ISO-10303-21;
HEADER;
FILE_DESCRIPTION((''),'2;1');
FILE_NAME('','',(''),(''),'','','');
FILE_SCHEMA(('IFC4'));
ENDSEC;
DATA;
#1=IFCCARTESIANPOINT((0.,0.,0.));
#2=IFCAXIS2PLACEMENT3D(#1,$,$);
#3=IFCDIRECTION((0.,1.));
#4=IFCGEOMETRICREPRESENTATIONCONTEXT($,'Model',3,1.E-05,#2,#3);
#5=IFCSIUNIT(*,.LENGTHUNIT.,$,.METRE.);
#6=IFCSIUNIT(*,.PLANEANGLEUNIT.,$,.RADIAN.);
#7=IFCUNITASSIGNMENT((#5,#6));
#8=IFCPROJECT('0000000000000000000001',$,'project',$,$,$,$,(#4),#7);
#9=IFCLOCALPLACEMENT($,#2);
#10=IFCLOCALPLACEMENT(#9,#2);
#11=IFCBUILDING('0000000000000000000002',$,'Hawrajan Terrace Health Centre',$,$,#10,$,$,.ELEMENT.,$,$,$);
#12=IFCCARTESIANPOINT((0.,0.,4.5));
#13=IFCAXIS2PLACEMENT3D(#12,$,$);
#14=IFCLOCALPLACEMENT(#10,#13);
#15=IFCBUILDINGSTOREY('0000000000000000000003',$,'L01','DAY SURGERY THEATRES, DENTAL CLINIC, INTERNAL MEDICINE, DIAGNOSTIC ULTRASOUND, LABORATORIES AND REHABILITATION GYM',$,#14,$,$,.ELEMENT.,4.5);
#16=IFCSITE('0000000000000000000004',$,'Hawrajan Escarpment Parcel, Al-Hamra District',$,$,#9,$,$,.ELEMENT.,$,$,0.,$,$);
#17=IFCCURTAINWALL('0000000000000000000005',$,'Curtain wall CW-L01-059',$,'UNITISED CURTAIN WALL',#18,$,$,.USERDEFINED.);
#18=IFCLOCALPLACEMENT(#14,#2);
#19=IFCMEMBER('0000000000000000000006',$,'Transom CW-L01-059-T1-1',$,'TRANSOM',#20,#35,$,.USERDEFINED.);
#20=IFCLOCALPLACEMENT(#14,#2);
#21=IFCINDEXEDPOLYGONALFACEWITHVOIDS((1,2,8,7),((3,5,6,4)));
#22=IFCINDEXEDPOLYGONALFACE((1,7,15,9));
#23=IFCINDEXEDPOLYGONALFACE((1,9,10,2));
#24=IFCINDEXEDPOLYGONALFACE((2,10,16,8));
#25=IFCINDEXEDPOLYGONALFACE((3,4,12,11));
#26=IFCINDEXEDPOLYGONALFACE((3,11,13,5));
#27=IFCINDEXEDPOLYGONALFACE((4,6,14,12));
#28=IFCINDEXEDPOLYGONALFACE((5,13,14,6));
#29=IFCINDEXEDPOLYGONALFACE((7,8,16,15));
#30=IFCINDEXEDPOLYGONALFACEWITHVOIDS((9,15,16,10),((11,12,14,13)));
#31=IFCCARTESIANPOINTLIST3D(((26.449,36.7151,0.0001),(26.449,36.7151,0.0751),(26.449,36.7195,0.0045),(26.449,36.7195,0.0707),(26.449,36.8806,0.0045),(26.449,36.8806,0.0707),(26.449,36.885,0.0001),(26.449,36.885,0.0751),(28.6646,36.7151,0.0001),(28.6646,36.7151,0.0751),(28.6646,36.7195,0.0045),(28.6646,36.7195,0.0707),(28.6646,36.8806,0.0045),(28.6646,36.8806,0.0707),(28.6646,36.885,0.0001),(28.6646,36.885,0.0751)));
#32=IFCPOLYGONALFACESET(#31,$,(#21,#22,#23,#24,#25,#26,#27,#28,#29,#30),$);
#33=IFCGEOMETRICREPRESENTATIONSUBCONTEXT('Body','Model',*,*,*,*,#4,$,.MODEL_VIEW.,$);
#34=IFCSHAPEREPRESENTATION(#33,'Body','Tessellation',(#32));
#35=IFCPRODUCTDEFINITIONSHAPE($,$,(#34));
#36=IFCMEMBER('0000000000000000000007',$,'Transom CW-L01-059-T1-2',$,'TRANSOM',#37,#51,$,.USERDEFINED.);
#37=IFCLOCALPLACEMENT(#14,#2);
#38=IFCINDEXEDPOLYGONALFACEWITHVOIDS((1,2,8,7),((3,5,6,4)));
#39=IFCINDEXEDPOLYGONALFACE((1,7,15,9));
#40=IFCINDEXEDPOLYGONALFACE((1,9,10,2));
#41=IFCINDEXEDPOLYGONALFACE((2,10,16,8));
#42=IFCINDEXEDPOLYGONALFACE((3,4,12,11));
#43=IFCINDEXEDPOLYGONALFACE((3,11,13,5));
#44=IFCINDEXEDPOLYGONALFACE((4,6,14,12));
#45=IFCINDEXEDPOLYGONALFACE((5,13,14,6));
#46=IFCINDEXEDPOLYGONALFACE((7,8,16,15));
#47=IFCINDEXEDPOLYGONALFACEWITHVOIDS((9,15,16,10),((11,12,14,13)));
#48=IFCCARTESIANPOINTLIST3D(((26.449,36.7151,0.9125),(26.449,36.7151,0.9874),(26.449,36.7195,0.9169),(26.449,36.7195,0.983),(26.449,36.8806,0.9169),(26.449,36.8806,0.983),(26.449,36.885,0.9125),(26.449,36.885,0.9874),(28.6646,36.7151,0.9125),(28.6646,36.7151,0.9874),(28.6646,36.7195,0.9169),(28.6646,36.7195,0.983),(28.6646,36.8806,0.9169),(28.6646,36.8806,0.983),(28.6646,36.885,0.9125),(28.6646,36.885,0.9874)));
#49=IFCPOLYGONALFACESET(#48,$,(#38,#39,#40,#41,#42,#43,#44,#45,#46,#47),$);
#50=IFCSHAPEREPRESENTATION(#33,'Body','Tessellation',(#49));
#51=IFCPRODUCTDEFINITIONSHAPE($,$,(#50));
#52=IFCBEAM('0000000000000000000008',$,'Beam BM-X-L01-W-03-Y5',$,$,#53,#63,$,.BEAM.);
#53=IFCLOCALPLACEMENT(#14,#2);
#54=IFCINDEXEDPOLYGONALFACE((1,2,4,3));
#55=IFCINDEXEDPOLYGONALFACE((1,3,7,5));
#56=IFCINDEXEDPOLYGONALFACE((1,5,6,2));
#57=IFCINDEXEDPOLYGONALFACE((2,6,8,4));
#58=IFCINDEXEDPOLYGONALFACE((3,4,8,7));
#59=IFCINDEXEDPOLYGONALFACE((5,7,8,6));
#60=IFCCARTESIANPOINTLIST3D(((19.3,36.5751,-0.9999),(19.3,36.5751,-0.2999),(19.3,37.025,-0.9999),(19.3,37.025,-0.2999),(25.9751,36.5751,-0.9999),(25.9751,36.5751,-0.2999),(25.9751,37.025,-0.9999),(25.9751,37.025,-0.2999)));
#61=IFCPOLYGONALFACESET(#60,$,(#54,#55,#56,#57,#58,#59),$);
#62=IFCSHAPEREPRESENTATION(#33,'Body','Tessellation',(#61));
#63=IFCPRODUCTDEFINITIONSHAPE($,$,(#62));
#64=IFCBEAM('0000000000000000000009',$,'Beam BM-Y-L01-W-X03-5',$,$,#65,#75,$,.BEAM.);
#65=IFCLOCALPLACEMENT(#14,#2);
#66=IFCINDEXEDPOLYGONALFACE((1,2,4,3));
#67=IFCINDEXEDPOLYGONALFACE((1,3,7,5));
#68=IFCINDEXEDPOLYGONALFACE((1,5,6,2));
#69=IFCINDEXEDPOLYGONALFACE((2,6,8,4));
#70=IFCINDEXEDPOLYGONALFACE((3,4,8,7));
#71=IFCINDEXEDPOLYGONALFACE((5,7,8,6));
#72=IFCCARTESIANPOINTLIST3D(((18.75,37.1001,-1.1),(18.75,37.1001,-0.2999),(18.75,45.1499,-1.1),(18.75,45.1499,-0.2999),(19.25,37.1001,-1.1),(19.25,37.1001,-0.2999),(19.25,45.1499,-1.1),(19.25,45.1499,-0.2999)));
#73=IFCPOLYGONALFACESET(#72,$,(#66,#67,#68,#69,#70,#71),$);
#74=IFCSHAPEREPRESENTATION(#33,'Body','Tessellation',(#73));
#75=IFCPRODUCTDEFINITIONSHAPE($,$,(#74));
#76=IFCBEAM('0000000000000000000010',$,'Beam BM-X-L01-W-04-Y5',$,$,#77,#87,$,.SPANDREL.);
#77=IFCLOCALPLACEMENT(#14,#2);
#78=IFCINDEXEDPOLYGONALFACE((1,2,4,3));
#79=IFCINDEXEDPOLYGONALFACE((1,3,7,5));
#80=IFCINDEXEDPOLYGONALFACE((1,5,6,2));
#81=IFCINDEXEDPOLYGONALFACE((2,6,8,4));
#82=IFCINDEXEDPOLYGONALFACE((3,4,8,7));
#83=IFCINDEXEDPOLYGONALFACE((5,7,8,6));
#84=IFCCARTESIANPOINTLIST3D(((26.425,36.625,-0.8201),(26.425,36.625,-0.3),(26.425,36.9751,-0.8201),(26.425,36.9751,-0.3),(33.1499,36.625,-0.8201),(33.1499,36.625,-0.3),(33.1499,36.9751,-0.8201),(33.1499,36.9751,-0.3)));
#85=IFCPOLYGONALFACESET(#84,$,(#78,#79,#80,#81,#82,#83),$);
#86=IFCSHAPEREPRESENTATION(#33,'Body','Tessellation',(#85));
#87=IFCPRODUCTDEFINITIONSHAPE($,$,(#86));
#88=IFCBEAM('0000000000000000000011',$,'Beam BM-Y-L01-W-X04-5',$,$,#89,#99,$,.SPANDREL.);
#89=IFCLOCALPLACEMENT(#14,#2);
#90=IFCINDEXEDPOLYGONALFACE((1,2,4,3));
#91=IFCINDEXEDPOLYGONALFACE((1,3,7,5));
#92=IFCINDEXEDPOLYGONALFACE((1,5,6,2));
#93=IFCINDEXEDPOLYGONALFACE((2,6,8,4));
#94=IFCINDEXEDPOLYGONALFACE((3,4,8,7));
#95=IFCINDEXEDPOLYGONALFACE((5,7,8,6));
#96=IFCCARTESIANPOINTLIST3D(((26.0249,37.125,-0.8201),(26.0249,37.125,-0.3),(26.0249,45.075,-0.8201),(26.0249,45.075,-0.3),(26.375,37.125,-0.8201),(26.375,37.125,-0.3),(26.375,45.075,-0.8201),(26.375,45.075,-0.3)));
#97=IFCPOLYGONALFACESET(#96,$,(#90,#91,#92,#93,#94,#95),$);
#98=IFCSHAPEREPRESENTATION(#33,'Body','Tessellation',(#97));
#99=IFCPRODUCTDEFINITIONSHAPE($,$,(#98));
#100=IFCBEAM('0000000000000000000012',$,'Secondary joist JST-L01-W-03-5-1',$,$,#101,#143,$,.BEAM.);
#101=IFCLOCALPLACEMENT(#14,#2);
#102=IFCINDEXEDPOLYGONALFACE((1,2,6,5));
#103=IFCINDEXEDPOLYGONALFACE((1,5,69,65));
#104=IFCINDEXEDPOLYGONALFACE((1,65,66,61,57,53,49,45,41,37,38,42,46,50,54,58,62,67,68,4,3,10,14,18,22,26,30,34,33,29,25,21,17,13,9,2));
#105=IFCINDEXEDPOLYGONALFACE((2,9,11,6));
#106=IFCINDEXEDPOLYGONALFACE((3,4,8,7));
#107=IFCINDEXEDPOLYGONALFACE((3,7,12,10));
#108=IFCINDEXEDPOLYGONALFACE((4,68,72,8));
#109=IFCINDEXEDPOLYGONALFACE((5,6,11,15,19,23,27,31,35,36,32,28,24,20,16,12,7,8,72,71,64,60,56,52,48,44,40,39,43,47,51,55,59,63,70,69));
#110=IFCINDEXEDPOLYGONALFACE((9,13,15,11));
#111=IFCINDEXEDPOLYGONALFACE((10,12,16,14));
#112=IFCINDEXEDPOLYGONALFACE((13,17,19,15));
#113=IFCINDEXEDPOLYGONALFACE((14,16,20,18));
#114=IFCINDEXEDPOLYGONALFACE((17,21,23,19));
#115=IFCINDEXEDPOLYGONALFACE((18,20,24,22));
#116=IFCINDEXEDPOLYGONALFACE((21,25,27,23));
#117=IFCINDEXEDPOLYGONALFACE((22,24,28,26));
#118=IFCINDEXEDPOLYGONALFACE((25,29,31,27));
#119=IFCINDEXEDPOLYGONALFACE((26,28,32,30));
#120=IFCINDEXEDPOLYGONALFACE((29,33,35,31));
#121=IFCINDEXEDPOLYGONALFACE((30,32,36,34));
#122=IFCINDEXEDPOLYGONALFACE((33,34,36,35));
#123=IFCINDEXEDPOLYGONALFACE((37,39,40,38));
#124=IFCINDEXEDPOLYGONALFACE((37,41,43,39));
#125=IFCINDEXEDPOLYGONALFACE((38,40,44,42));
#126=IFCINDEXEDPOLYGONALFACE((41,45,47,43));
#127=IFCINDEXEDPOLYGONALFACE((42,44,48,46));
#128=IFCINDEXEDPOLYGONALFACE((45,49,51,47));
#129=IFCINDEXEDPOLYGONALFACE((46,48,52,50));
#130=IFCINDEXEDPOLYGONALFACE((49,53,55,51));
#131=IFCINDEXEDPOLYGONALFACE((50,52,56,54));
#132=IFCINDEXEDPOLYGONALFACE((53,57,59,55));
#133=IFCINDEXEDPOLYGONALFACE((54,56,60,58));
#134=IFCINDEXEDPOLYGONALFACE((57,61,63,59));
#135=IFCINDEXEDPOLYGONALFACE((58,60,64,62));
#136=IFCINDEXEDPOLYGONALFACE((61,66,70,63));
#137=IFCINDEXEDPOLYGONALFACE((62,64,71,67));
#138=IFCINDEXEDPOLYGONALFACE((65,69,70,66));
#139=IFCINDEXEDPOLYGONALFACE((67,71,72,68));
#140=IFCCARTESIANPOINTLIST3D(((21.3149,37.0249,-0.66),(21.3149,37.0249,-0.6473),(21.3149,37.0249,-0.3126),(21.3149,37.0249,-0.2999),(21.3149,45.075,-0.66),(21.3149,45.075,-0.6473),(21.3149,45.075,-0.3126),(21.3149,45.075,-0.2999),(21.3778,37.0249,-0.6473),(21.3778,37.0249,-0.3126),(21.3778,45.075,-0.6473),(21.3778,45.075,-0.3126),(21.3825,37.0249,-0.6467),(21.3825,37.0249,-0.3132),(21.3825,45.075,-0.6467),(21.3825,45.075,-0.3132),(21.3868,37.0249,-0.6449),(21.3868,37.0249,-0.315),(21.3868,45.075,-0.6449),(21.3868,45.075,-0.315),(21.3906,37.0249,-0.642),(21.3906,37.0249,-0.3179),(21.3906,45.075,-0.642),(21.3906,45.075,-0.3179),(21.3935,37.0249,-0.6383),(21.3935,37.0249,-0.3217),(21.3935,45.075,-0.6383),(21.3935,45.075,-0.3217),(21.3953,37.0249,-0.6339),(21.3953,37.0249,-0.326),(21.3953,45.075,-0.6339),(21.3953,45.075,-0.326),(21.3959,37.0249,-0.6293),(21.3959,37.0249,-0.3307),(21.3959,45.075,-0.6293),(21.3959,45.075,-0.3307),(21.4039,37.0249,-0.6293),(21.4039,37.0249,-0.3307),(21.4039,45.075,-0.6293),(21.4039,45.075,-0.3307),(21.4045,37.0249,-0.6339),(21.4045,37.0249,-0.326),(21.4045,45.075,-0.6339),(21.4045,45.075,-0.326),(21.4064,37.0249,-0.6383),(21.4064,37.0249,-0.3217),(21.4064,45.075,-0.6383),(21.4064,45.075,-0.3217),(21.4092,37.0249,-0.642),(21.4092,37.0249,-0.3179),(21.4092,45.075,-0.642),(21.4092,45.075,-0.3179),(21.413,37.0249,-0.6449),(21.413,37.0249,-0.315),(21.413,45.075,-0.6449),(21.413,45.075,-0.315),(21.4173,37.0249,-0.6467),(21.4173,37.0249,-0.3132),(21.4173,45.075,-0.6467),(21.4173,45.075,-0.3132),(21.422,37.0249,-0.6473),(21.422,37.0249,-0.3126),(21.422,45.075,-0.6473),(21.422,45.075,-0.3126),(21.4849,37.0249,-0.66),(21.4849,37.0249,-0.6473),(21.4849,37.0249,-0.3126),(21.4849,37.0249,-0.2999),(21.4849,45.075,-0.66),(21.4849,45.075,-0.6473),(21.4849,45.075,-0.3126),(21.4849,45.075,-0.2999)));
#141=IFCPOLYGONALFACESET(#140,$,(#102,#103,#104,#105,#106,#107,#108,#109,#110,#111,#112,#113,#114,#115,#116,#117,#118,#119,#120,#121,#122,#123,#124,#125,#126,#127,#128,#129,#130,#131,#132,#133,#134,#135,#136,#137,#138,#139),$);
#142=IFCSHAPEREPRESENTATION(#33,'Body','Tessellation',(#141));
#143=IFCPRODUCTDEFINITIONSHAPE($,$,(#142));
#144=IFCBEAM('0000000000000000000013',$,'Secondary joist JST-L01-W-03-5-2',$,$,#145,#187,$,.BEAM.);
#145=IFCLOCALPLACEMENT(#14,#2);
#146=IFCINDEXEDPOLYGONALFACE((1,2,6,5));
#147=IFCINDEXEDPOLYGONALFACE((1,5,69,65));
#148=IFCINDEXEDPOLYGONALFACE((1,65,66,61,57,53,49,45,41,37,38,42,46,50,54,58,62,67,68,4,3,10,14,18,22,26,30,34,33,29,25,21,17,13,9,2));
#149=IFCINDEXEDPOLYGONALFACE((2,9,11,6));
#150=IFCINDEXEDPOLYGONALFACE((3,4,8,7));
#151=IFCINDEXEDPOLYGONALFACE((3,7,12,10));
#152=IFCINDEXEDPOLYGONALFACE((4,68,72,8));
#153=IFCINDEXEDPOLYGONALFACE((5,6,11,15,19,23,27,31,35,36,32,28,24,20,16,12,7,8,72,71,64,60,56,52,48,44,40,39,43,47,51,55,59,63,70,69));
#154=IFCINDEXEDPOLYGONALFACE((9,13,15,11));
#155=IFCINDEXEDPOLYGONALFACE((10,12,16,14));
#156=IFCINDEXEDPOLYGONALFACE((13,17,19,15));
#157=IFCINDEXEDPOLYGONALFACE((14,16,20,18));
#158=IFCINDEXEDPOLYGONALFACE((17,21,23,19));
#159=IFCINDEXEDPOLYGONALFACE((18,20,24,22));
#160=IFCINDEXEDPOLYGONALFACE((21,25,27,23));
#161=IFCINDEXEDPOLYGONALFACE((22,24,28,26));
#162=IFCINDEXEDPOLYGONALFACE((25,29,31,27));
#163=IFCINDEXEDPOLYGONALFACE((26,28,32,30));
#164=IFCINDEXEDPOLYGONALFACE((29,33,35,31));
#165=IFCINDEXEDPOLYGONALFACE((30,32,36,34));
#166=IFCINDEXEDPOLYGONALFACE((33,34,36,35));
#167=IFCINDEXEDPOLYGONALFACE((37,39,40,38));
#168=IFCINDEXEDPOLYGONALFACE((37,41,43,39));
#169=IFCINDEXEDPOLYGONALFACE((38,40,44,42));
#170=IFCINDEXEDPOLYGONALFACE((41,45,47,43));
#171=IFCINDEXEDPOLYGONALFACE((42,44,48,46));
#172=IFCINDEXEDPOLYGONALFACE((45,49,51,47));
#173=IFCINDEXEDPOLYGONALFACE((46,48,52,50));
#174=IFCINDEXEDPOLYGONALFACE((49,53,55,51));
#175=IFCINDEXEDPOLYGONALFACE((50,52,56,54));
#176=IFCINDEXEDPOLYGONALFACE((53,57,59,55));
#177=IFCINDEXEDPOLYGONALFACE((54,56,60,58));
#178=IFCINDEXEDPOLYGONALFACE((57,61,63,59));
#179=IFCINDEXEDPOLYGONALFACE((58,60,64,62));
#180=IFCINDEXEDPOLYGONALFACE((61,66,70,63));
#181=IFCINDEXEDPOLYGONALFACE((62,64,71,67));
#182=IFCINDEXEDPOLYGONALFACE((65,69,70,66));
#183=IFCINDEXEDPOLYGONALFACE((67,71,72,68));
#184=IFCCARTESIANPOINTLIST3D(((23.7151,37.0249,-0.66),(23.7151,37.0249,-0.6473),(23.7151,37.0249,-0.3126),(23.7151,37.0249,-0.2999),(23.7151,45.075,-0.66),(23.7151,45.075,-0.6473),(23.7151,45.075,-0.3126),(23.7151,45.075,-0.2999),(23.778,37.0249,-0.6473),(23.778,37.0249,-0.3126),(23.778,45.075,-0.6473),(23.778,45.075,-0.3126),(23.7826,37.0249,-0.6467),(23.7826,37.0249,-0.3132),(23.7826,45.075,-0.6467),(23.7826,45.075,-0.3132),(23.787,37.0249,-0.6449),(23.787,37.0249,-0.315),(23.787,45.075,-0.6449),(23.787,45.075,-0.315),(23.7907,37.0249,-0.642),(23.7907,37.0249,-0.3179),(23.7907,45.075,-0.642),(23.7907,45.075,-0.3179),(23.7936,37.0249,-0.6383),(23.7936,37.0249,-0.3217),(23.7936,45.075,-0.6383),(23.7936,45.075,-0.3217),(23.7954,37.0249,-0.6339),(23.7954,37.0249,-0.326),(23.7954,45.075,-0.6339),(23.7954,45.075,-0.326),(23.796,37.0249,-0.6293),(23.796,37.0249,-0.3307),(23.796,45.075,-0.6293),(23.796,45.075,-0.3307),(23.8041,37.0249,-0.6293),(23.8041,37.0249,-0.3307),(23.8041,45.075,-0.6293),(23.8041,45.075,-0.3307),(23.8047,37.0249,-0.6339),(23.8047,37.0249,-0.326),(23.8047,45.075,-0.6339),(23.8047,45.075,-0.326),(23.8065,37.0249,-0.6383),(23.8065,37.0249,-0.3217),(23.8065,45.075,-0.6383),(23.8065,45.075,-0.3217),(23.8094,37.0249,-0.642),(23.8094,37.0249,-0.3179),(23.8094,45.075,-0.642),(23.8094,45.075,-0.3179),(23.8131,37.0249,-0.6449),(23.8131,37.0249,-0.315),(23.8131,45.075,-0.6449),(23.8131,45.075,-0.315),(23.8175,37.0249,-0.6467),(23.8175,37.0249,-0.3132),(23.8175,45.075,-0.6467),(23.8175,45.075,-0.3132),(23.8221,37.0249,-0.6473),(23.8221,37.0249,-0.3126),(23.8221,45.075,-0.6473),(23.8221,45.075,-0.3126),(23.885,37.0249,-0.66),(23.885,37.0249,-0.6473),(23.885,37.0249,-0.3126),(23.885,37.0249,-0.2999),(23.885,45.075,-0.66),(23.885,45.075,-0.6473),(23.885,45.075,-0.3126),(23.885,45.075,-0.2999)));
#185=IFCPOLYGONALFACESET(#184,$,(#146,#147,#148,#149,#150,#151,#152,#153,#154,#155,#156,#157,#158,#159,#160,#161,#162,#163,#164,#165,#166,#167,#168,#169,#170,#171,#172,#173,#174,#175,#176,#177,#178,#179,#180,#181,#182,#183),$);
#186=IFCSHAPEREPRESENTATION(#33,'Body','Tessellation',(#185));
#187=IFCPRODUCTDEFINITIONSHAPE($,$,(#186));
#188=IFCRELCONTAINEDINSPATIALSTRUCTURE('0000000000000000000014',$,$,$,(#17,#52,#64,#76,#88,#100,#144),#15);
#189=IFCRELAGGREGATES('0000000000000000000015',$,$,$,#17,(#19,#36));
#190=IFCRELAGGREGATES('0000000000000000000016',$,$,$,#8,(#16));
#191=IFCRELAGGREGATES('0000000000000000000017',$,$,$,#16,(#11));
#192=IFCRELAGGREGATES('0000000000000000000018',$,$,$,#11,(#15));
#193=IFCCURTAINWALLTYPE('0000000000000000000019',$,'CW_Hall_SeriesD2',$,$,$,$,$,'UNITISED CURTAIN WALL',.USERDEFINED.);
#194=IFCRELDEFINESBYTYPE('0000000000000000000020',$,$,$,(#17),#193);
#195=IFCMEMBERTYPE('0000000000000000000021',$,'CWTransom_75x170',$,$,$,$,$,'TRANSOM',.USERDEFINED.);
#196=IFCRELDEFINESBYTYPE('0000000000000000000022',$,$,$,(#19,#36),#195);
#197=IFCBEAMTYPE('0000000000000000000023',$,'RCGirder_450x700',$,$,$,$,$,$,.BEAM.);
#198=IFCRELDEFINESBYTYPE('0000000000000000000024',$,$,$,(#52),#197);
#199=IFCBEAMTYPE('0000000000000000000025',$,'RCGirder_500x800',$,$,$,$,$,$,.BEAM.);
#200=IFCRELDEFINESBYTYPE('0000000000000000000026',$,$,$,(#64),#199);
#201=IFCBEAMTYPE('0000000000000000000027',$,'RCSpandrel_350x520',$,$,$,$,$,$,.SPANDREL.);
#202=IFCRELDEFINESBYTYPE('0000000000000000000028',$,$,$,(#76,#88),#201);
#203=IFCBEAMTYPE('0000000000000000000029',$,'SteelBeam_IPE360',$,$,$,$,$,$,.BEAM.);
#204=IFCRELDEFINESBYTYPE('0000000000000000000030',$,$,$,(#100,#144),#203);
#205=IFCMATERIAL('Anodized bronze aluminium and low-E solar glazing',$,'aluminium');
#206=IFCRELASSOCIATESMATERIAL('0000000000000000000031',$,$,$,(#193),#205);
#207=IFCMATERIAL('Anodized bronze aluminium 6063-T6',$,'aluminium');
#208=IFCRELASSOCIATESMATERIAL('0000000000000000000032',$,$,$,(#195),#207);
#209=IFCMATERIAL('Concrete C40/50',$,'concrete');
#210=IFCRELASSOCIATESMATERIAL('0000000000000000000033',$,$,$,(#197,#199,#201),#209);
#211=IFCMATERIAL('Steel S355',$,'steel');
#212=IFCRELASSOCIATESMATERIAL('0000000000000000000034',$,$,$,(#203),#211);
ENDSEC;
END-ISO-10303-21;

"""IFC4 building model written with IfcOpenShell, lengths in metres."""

from ifc_helpers import new_model, si_unit, direction, frame, origin, origin_2d, place, context, subcontext, project, spatial, rectangle, hollow_rectangle, i_section, extrude, material, material_profile, profile_set, type_object, element, aggregate, save


model = new_model("IFC4")

# Units and contexts
model_context = context("Model", 3, precision=1e-05, world=origin(), true_north=direction((0.0, 1.0)))
body_context = subcontext(model_context, "Body", "Model", "MODEL_VIEW")
ifc_project = project(units=[si_unit("LENGTHUNIT", "METRE"), si_unit("PLANEANGLEUNIT", "RADIAN")], contexts=[model_context])

# Site, building, storey
site_placement = place(None, origin())
site = spatial("IfcSite", under=ifc_project, at=site_placement, Name="Hawrajan Escarpment Parcel, Al-Hamra District", CompositionType="ELEMENT", RefElevation=0.0)
building_placement = place(site_placement, origin())
building = spatial("IfcBuilding", under=site, at=building_placement, Name="Hawrajan Terrace Health Centre", CompositionType="ELEMENT")
storey_placement = place(building_placement, frame((0.0, 0.0, 4.5)))
storey = spatial("IfcBuildingStorey", under=building, at=storey_placement, Name="L01", Description="DAY SURGERY THEATRES, DENTAL CLINIC, INTERNAL MEDICINE, DIAGNOSTIC ULTRASOUND, LABORATORIES AND REHABILITATION GYM", CompositionType="ELEMENT", Elevation=4.5)

# Shared definitions
ifc_material_1 = material(Name="Anodized bronze aluminium and low-E solar glazing", Category="aluminium")
ifc_material_2 = material(Name="Anodized bronze aluminium 6063-T6", Category="aluminium")

# Curtain wall
curtain_wall_type_1 = type_object("IfcCurtainWallType", Name="CW_Hall_SeriesD2", ElementType="UNITISED CURTAIN WALL", PredefinedType="USERDEFINED", material=ifc_material_1)
curtain_wall_1_placement = place(storey_placement, origin())
curtain_wall_1 = element("IfcCurtainWall", 1, at=curtain_wall_1_placement, inside=storey, type_object=curtain_wall_type_1, Name="Curtain wall CW-L01-059", ObjectType="UNITISED CURTAIN WALL", PredefinedType="USERDEFINED")

# Members
ifc_material_profile_1 = material_profile(ifc_material_2, hollow_rectangle(XDim=0.075, YDim=0.1699, WallThickness=0.0044, at=origin_2d()), Name="CW TRN 75x170")
ifc_profile_set_1 = profile_set([ifc_material_profile_1], Name="Anodized bronze aluminium 6063-T6")
member_type_1 = type_object("IfcMemberType", Name="CWTransom_75x170", ElementType="TRANSOM", PredefinedType="USERDEFINED", material=ifc_profile_set_1)
member_1_placement = place(storey_placement, frame((26.449, 36.8, 0.0376), z_axis=(1.0, 0.0, 0.0), x_axis=(0.0, 0.0, 1.0)))
member_1 = element("IfcMember", 2, at=member_1_placement, type_object=member_type_1, Name="Transom CW-L01-059-T1-1", ObjectType="TRANSOM", PredefinedType="USERDEFINED", context=body_context, shape_type="SweptSolid", body=[
    extrude(hollow_rectangle(XDim=0.075, YDim=0.1699, WallThickness=0.0044, at=origin_2d()), origin(), (0.0, 0.0, 1.0), 2.2156),
])
member_2_placement = place(storey_placement, frame((26.449, 36.8, 0.95), z_axis=(1.0, 0.0, 0.0), x_axis=(0.0, 0.0, 1.0)))
member_2 = element("IfcMember", 3, at=member_2_placement, type_object=member_type_1, Name="Transom CW-L01-059-T1-2", ObjectType="TRANSOM", PredefinedType="USERDEFINED", context=body_context, shape_type="SweptSolid", body=[
    extrude(hollow_rectangle(XDim=0.075, YDim=0.1699, WallThickness=0.0044, at=origin_2d()), origin(), (0.0, 0.0, 1.0), 2.2156),
])
aggregate(curtain_wall_1, [member_1, member_2])

# Beams
ifc_material_3 = material(Name="Concrete C40/50", Category="concrete")
ifc_material_profile_2 = material_profile(ifc_material_3, rectangle(XDim=0.45, YDim=0.7, at=origin_2d()), Name="RC BM 450x700")
ifc_profile_set_2 = profile_set([ifc_material_profile_2], Name="Concrete C40/50")
beam_type_1 = type_object("IfcBeamType", Name="RCGirder_450x700", PredefinedType="BEAM", material=ifc_profile_set_2)
beam_1_placement = place(storey_placement, frame((19.3, 36.8, -0.6499), z_axis=(1.0, 0.0, 0.0), x_axis=(0.0, 1.0, 0.0)))
element("IfcBeam", 4, at=beam_1_placement, inside=storey, type_object=beam_type_1, Name="Beam BM-X-L01-W-03-Y5", PredefinedType="BEAM", context=body_context, shape_type="SweptSolid", body=[
    extrude(rectangle(XDim=0.45, YDim=0.7, at=origin_2d()), origin(), (0.0, 0.0, 1.0), 6.675),
])
ifc_material_profile_3 = material_profile(ifc_material_3, rectangle(XDim=0.5, YDim=0.8, at=origin_2d()), Name="RC BM 500x800")
ifc_profile_set_3 = profile_set([ifc_material_profile_3], Name="Concrete C40/50")
beam_type_2 = type_object("IfcBeamType", Name="RCGirder_500x800", PredefinedType="BEAM", material=ifc_profile_set_3)
beam_2_placement = place(storey_placement, frame((19.0, 37.1001, -0.7), z_axis=(0.0, 1.0, 0.0), x_axis=(-1.0, 0.0, 0.0)))
element("IfcBeam", 5, at=beam_2_placement, inside=storey, type_object=beam_type_2, Name="Beam BM-Y-L01-W-X03-5", PredefinedType="BEAM", context=body_context, shape_type="SweptSolid", body=[
    extrude(rectangle(XDim=0.5, YDim=0.8, at=origin_2d()), origin(), (0.0, 0.0, 1.0), 8.0498),
])
ifc_material_profile_4 = material_profile(ifc_material_3, rectangle(XDim=0.3501, YDim=0.52, at=origin_2d()), Name="RC SP 350x520")
ifc_profile_set_4 = profile_set([ifc_material_profile_4], Name="Concrete C40/50")
beam_type_3 = type_object("IfcBeamType", Name="RCSpandrel_350x520", PredefinedType="SPANDREL", material=ifc_profile_set_4)
beam_3_placement = place(storey_placement, frame((26.425, 36.8, -0.5601), z_axis=(1.0, 0.0, 0.0), x_axis=(0.0, 1.0, 0.0)))
element("IfcBeam", 6, at=beam_3_placement, inside=storey, type_object=beam_type_3, Name="Beam BM-X-L01-W-04-Y5", PredefinedType="SPANDREL", context=body_context, shape_type="SweptSolid", body=[
    extrude(rectangle(XDim=0.3501, YDim=0.52, at=origin_2d()), origin(), (0.0, 0.0, 1.0), 6.7249),
])
beam_4_placement = place(storey_placement, frame((26.2, 37.125, -0.5601), z_axis=(0.0, 1.0, 0.0), x_axis=(-1.0, 0.0, 0.0)))
element("IfcBeam", 7, at=beam_4_placement, inside=storey, type_object=beam_type_3, Name="Beam BM-Y-L01-W-X04-5", PredefinedType="SPANDREL", context=body_context, shape_type="SweptSolid", body=[
    extrude(rectangle(XDim=0.3501, YDim=0.52, at=origin_2d()), origin(), (0.0, 0.0, 1.0), 7.95),
])
ifc_material_4 = material(Name="Steel S355", Category="steel")
ifc_material_profile_5 = material_profile(ifc_material_4, i_section(OverallWidth=0.1699, OverallDepth=0.3601, WebThickness=0.0081, FlangeThickness=0.0127, FilletRadius=0.0181, at=origin_2d()), Name="IPE 360")
ifc_profile_set_5 = profile_set([ifc_material_profile_5], Name="Steel S355")
beam_type_4 = type_object("IfcBeamType", Name="SteelBeam_IPE360", PredefinedType="BEAM", material=ifc_profile_set_5)
for number, where, z_axis, x_axis, name in (
    (8, (21.3999, 37.0249, -0.48), (0.0, 1.0, 0.0), (-1.0, 0.0, 0.0), "Secondary joist JST-L01-W-03-5-1"),
    (9, (23.8, 37.0249, -0.48), (0.0, 1.0, 0.0), (-1.0, 0.0, 0.0), "Secondary joist JST-L01-W-03-5-2"),
):
    element("IfcBeam", number, at=place(storey_placement, frame(where, z_axis=z_axis, x_axis=x_axis)), inside=storey, type_object=beam_type_4, Name=name, PredefinedType="BEAM", context=body_context, shape_type="SweptSolid", body=[
        extrude(i_section(OverallWidth=0.1699, OverallDepth=0.3601, WebThickness=0.0081, FlangeThickness=0.0127, FilletRadius=0.0181, at=origin_2d()), origin(), (0.0, 0.0, 1.0), 8.05),
    ])

save(model, "model.ifc")
